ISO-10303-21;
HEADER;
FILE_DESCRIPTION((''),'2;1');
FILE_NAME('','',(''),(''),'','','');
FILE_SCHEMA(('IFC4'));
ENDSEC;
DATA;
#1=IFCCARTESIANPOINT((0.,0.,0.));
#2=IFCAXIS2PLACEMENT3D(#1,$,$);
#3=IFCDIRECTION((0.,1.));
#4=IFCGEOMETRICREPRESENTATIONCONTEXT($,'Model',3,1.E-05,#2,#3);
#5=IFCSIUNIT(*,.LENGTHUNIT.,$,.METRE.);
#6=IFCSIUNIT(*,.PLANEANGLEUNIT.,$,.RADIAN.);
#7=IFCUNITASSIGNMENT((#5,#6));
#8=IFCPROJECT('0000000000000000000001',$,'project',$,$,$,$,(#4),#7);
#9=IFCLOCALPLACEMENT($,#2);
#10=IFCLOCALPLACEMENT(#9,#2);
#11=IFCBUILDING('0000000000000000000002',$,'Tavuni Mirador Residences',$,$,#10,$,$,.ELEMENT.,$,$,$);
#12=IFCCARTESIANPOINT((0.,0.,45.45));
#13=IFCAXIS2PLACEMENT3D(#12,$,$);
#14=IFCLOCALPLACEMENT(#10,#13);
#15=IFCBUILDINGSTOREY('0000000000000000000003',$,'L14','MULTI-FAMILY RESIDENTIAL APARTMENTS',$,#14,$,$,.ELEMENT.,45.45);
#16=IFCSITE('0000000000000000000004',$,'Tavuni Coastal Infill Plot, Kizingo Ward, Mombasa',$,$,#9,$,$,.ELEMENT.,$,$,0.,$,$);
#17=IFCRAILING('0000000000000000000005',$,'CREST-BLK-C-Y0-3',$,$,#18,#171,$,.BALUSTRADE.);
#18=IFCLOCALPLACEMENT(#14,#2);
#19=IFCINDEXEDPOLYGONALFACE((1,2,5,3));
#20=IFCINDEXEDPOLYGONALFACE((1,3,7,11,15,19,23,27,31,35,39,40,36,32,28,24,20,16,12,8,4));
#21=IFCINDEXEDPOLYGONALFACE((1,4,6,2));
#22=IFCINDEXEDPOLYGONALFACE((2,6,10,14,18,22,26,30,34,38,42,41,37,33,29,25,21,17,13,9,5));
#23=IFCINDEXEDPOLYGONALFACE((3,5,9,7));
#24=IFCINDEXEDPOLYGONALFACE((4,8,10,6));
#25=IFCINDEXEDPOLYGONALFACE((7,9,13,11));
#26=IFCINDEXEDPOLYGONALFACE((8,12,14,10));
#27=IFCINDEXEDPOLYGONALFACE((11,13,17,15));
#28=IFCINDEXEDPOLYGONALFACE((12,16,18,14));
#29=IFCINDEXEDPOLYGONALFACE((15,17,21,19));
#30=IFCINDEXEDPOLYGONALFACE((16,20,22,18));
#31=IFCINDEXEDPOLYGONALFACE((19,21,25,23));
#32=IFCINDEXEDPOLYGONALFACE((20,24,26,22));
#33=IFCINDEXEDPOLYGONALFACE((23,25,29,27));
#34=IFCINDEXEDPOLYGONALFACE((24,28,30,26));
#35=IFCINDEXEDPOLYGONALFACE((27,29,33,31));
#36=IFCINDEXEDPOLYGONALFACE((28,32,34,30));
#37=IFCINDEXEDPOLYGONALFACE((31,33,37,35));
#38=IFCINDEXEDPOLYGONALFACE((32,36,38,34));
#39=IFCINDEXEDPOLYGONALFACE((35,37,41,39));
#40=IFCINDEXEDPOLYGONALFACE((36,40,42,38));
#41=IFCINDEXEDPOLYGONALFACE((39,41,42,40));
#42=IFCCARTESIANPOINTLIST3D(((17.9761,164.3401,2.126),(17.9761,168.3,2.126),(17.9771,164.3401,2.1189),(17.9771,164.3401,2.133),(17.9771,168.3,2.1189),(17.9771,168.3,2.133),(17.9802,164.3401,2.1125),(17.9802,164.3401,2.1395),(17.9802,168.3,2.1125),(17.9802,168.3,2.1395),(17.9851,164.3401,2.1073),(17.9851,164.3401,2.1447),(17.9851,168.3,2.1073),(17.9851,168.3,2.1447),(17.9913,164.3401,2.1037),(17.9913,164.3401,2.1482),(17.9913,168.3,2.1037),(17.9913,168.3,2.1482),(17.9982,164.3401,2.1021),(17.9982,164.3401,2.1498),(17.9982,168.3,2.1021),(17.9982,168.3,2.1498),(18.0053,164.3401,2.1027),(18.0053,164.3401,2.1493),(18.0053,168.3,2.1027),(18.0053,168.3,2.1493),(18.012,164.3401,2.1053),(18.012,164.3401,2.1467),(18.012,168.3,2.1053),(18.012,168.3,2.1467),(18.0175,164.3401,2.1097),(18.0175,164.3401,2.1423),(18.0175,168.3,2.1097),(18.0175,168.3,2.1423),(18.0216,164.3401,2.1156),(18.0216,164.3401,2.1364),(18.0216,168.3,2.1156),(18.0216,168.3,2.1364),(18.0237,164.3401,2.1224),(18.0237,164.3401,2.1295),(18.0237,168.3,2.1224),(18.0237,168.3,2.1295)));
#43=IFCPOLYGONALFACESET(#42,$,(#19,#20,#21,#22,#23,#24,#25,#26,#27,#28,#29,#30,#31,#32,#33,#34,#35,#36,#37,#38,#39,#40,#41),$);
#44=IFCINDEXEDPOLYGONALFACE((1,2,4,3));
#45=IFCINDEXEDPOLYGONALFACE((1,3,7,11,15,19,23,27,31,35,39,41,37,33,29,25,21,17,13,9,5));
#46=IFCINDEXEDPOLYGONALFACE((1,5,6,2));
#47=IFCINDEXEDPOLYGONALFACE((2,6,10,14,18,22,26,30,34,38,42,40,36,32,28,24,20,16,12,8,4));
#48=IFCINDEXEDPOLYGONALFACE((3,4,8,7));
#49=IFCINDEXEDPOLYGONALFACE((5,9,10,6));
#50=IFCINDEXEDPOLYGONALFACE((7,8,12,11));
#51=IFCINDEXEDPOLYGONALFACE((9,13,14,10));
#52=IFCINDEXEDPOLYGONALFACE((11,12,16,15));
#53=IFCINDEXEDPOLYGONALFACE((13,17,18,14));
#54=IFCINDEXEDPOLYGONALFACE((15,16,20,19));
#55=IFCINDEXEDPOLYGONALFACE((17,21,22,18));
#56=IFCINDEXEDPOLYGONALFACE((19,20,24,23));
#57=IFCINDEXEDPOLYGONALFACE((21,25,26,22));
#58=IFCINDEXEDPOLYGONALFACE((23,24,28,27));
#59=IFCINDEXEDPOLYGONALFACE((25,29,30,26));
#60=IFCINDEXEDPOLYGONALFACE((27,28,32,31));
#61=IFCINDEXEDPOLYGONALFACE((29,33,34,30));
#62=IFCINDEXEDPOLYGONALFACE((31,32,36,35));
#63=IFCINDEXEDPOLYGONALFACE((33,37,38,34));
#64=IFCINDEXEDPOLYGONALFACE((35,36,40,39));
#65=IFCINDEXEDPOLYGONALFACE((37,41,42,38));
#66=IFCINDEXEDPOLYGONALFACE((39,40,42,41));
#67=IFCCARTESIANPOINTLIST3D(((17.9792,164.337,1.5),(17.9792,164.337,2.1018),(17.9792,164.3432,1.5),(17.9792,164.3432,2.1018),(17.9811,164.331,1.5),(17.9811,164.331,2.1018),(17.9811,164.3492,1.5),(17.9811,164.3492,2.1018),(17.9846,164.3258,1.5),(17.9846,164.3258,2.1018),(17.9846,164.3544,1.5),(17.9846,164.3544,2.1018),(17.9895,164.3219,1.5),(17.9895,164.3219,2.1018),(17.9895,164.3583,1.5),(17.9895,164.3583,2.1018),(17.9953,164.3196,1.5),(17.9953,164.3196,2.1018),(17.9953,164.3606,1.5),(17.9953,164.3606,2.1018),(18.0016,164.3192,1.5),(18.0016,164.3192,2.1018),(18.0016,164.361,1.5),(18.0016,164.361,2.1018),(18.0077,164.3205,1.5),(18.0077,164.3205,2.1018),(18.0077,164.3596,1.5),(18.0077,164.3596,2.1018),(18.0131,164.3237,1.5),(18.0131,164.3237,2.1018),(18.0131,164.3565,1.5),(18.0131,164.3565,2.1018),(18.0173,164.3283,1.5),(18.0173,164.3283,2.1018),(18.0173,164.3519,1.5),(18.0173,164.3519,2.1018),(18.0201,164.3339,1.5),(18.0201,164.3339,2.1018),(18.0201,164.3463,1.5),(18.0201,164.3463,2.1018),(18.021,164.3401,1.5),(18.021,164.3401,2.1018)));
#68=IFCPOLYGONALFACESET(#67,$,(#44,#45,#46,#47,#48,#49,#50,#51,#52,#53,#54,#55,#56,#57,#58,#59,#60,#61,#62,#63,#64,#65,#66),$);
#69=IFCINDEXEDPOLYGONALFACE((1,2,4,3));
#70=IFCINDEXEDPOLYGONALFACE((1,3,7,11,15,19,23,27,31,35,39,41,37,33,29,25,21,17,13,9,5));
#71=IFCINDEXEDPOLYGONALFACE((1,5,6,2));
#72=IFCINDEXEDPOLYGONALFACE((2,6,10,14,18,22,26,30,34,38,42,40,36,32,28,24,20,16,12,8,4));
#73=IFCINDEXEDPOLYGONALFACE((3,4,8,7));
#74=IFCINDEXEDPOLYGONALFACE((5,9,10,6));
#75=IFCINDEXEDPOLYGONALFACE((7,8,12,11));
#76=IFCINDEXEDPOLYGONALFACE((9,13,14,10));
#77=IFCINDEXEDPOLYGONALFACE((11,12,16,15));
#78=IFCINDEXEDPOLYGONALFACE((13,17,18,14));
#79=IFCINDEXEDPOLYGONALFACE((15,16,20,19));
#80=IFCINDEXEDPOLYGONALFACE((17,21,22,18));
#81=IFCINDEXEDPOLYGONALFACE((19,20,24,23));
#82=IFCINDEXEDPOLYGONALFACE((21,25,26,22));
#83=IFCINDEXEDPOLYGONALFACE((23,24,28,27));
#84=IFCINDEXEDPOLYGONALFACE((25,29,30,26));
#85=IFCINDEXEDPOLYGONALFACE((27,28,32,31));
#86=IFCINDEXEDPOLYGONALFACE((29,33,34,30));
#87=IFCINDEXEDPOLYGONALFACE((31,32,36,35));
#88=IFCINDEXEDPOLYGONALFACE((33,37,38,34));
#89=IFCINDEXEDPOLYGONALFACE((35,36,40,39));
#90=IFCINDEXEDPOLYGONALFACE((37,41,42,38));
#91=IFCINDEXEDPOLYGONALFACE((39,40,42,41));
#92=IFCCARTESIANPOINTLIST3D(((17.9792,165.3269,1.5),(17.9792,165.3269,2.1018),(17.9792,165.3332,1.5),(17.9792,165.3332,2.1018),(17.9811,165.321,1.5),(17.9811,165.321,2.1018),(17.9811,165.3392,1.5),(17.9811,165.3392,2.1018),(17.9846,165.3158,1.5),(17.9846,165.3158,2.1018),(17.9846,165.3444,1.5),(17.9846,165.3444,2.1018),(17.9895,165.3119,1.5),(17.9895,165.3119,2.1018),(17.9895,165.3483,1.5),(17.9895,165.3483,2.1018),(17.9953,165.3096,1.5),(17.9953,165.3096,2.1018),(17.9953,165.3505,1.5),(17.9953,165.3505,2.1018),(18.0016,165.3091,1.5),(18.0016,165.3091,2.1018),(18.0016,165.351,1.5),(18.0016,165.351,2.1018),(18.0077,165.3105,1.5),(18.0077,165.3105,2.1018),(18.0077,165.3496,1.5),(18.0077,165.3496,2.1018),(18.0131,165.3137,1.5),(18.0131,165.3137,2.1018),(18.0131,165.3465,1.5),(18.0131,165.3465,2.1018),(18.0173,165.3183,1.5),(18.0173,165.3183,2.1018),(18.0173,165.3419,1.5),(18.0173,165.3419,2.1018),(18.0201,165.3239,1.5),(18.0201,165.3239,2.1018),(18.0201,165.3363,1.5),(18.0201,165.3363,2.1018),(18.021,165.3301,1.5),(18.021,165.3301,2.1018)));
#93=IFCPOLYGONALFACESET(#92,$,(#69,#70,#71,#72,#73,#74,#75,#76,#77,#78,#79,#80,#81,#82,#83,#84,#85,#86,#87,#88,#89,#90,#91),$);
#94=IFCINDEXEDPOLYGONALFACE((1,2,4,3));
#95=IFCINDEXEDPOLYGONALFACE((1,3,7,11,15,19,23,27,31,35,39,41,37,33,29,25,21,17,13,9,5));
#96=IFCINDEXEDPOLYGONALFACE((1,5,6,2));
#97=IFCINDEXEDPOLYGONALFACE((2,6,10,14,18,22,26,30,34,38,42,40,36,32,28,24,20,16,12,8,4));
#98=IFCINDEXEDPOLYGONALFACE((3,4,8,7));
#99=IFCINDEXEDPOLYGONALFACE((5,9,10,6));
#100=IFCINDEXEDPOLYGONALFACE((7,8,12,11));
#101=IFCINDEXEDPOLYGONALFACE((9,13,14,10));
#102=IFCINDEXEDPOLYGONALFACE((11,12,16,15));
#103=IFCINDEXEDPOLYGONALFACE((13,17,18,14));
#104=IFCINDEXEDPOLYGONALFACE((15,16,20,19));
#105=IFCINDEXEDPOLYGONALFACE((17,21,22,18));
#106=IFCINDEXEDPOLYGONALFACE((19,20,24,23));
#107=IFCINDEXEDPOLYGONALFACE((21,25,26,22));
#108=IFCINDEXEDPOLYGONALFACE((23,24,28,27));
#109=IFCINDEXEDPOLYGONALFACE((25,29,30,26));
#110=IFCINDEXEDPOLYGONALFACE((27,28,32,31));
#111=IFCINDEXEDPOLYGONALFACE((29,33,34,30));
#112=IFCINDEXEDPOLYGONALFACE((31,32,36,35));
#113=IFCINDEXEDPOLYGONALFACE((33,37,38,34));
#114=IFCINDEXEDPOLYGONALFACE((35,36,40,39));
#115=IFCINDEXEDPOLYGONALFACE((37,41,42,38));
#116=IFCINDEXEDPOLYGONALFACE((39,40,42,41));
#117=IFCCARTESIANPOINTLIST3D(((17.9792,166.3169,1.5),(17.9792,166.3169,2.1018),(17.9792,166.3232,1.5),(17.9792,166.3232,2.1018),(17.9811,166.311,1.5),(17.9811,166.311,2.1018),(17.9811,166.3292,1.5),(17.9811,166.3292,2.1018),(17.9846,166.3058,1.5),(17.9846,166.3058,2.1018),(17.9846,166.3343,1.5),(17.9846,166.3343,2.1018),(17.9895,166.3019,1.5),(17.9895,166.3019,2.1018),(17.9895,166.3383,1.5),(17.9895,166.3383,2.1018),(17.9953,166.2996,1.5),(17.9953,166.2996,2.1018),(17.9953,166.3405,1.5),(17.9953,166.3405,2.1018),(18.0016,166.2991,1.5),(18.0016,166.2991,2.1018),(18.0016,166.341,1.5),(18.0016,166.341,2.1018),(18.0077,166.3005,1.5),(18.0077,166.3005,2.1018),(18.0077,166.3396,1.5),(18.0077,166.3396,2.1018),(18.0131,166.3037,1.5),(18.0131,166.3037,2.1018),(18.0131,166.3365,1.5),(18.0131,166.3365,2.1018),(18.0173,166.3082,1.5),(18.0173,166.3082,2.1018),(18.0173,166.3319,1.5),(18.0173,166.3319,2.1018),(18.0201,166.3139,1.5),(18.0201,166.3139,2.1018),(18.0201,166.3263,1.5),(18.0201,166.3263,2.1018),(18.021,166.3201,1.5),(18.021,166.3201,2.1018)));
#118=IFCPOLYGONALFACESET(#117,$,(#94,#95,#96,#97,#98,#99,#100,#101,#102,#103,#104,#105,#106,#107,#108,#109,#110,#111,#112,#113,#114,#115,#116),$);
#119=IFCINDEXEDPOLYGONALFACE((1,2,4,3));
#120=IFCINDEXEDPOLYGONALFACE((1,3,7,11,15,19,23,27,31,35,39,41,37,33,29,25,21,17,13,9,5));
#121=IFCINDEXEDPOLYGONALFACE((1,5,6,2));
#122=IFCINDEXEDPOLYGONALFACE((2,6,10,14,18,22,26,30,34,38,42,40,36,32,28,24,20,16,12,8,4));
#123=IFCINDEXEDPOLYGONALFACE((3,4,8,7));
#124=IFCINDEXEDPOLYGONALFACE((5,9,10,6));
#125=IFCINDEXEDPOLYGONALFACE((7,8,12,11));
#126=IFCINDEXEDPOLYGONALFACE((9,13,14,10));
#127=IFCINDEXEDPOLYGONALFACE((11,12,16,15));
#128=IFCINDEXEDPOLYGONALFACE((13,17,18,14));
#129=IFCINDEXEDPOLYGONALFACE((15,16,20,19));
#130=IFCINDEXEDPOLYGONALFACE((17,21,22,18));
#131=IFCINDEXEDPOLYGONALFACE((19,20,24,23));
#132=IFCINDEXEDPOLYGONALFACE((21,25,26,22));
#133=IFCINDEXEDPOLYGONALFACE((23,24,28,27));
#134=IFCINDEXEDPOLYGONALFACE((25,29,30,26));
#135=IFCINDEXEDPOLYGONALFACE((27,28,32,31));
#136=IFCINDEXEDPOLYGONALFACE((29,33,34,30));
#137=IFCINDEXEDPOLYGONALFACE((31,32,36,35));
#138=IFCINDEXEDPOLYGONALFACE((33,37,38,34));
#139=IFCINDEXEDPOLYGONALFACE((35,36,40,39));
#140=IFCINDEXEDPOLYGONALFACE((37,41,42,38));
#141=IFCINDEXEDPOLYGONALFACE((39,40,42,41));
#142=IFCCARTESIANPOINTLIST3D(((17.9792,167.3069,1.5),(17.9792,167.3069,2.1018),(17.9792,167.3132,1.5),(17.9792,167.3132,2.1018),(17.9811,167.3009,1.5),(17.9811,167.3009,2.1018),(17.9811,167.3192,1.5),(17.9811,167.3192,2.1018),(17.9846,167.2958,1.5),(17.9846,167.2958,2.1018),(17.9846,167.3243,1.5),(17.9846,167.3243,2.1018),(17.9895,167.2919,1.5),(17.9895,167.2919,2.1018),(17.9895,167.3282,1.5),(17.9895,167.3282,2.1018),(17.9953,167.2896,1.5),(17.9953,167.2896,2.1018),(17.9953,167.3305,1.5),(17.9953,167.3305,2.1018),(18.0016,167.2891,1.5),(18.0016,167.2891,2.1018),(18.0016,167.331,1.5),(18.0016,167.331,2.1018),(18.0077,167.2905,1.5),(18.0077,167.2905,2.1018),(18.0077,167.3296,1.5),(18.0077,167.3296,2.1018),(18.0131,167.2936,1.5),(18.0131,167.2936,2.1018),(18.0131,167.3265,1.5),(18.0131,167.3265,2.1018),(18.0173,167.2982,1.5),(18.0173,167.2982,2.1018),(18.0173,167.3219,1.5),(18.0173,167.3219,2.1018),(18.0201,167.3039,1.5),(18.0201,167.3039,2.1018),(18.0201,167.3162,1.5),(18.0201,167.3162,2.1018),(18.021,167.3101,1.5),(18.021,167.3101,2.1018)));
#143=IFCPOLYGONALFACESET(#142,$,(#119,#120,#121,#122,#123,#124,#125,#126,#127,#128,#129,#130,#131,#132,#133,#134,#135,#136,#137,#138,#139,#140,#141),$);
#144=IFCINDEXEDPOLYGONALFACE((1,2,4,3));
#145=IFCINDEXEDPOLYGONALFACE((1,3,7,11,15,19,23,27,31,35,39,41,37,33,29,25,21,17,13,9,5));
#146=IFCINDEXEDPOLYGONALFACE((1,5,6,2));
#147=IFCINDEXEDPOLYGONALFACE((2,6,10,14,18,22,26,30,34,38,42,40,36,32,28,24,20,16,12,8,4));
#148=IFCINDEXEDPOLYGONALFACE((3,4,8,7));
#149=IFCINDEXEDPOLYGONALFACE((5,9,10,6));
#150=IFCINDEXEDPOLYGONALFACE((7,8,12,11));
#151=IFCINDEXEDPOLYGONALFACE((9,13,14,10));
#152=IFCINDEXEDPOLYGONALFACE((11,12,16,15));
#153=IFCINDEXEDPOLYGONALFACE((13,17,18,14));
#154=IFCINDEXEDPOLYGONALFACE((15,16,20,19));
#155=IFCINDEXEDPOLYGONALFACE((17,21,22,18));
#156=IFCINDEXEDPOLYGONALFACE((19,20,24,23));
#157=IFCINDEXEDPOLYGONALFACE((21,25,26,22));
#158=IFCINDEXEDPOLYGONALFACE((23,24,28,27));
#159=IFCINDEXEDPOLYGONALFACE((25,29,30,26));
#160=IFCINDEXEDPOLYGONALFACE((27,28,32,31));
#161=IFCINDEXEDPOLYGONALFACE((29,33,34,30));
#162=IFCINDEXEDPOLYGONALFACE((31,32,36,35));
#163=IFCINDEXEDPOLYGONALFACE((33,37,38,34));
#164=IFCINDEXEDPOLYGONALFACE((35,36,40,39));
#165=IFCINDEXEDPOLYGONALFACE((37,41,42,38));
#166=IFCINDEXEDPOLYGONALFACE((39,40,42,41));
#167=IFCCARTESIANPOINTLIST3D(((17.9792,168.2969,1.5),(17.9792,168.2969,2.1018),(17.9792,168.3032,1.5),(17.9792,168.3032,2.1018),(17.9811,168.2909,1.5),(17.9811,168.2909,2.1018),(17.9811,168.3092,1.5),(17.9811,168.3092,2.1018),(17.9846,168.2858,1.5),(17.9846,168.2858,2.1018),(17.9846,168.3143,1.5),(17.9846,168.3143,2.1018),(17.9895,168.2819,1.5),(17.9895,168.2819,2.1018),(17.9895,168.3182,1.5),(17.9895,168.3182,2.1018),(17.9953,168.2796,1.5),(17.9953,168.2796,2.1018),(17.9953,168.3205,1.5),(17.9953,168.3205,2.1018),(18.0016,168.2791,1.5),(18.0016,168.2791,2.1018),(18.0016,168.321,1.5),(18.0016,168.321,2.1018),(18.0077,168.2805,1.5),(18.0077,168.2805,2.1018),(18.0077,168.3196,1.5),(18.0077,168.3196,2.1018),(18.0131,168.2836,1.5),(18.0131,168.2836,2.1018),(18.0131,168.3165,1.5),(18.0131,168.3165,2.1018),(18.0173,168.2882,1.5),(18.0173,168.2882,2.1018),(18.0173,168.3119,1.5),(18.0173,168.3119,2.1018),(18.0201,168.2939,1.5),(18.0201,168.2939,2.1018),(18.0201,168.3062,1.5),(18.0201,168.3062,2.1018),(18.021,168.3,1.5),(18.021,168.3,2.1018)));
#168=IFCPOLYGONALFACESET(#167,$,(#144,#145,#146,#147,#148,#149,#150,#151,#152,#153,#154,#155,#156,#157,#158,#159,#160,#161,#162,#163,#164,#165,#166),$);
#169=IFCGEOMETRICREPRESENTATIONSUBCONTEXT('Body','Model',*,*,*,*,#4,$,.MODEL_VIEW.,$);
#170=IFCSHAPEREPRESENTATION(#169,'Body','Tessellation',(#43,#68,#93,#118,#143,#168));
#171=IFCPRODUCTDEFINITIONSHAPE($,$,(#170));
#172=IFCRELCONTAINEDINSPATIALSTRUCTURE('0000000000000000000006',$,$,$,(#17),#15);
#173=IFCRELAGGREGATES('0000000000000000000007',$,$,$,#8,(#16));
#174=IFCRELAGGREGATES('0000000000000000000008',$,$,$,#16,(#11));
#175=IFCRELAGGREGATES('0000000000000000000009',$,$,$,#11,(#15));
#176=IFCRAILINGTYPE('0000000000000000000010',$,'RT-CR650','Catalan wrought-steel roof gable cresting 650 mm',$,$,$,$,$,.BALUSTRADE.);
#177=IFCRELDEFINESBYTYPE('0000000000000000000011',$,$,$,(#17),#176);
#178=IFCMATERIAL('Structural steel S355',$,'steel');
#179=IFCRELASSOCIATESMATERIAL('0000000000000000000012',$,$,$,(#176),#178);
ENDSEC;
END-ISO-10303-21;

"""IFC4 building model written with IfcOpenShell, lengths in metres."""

from ifc_helpers import new_model, si_unit, direction, frame, origin, origin_2d, place, context, subcontext, project, spatial, circle, extrude, material, type_object, element, save


model = new_model("IFC4")

# Units and contexts
model_context = context("Model", 3, precision=1e-05, world=origin(), true_north=direction((0.0, 1.0)))
body_context = subcontext(model_context, "Body", "Model", "MODEL_VIEW")
ifc_project = project(units=[si_unit("LENGTHUNIT", "METRE"), si_unit("PLANEANGLEUNIT", "RADIAN")], contexts=[model_context])

# Site, building, storey
site_placement = place(None, origin())
site = spatial("IfcSite", under=ifc_project, at=site_placement, Name="Tavuni Coastal Infill Plot, Kizingo Ward, Mombasa", CompositionType="ELEMENT", RefElevation=0.0)
building_placement = place(site_placement, origin())
building = spatial("IfcBuilding", under=site, at=building_placement, Name="Tavuni Mirador Residences", CompositionType="ELEMENT")
storey_placement = place(building_placement, frame((0.0, 0.0, 45.45)))
storey = spatial("IfcBuildingStorey", under=building, at=storey_placement, Name="L14", Description="MULTI-FAMILY RESIDENTIAL APARTMENTS", CompositionType="ELEMENT", Elevation=45.45)

# Shared definitions
ifc_material_1 = material(Name="Structural steel S355", Category="steel")

# Railing
railing_type = type_object("IfcRailingType", Name="RT-CR650", Description="Catalan wrought-steel roof gable cresting 650 mm", PredefinedType="BALUSTRADE", material=ifc_material_1)
for number, where, name in (
    (1, (18.0, 164.3401, 1.5), "CREST-BLK-C-Y0-3"),
):
    element("IfcRailing", number, at=place(storey_placement, frame(where)), inside=storey, type_object=railing_type, Name=name, PredefinedType="BALUSTRADE", context=body_context, shape_type="SweptSolid", body=[
        extrude(circle(Radius=0.0239, at=origin_2d()), frame((0.0, 0.0, 0.626), z_axis=(0.0, 1.0, 0.0), x_axis=(-1.0, 0.0, 0.0)), (0.0, 0.0, 1.0), 3.96),
        extrude(circle(Radius=0.021, at=origin_2d()), origin(), (0.0, 0.0, 1.0), 0.6018),
        extrude(circle(Radius=0.021, at=origin_2d()), frame((0.0, 0.99, 0.0)), (0.0, 0.0, 1.0), 0.6018),
        extrude(circle(Radius=0.021, at=origin_2d()), frame((0.0, 1.98, 0.0)), (0.0, 0.0, 1.0), 0.6018),
        extrude(circle(Radius=0.021, at=origin_2d()), frame((0.0, 2.97, 0.0)), (0.0, 0.0, 1.0), 0.6018),
        extrude(circle(Radius=0.021, at=origin_2d()), frame((0.0, 3.96, 0.0)), (0.0, 0.0, 1.0), 0.6018),
    ])

save(model, "model.ifc")
